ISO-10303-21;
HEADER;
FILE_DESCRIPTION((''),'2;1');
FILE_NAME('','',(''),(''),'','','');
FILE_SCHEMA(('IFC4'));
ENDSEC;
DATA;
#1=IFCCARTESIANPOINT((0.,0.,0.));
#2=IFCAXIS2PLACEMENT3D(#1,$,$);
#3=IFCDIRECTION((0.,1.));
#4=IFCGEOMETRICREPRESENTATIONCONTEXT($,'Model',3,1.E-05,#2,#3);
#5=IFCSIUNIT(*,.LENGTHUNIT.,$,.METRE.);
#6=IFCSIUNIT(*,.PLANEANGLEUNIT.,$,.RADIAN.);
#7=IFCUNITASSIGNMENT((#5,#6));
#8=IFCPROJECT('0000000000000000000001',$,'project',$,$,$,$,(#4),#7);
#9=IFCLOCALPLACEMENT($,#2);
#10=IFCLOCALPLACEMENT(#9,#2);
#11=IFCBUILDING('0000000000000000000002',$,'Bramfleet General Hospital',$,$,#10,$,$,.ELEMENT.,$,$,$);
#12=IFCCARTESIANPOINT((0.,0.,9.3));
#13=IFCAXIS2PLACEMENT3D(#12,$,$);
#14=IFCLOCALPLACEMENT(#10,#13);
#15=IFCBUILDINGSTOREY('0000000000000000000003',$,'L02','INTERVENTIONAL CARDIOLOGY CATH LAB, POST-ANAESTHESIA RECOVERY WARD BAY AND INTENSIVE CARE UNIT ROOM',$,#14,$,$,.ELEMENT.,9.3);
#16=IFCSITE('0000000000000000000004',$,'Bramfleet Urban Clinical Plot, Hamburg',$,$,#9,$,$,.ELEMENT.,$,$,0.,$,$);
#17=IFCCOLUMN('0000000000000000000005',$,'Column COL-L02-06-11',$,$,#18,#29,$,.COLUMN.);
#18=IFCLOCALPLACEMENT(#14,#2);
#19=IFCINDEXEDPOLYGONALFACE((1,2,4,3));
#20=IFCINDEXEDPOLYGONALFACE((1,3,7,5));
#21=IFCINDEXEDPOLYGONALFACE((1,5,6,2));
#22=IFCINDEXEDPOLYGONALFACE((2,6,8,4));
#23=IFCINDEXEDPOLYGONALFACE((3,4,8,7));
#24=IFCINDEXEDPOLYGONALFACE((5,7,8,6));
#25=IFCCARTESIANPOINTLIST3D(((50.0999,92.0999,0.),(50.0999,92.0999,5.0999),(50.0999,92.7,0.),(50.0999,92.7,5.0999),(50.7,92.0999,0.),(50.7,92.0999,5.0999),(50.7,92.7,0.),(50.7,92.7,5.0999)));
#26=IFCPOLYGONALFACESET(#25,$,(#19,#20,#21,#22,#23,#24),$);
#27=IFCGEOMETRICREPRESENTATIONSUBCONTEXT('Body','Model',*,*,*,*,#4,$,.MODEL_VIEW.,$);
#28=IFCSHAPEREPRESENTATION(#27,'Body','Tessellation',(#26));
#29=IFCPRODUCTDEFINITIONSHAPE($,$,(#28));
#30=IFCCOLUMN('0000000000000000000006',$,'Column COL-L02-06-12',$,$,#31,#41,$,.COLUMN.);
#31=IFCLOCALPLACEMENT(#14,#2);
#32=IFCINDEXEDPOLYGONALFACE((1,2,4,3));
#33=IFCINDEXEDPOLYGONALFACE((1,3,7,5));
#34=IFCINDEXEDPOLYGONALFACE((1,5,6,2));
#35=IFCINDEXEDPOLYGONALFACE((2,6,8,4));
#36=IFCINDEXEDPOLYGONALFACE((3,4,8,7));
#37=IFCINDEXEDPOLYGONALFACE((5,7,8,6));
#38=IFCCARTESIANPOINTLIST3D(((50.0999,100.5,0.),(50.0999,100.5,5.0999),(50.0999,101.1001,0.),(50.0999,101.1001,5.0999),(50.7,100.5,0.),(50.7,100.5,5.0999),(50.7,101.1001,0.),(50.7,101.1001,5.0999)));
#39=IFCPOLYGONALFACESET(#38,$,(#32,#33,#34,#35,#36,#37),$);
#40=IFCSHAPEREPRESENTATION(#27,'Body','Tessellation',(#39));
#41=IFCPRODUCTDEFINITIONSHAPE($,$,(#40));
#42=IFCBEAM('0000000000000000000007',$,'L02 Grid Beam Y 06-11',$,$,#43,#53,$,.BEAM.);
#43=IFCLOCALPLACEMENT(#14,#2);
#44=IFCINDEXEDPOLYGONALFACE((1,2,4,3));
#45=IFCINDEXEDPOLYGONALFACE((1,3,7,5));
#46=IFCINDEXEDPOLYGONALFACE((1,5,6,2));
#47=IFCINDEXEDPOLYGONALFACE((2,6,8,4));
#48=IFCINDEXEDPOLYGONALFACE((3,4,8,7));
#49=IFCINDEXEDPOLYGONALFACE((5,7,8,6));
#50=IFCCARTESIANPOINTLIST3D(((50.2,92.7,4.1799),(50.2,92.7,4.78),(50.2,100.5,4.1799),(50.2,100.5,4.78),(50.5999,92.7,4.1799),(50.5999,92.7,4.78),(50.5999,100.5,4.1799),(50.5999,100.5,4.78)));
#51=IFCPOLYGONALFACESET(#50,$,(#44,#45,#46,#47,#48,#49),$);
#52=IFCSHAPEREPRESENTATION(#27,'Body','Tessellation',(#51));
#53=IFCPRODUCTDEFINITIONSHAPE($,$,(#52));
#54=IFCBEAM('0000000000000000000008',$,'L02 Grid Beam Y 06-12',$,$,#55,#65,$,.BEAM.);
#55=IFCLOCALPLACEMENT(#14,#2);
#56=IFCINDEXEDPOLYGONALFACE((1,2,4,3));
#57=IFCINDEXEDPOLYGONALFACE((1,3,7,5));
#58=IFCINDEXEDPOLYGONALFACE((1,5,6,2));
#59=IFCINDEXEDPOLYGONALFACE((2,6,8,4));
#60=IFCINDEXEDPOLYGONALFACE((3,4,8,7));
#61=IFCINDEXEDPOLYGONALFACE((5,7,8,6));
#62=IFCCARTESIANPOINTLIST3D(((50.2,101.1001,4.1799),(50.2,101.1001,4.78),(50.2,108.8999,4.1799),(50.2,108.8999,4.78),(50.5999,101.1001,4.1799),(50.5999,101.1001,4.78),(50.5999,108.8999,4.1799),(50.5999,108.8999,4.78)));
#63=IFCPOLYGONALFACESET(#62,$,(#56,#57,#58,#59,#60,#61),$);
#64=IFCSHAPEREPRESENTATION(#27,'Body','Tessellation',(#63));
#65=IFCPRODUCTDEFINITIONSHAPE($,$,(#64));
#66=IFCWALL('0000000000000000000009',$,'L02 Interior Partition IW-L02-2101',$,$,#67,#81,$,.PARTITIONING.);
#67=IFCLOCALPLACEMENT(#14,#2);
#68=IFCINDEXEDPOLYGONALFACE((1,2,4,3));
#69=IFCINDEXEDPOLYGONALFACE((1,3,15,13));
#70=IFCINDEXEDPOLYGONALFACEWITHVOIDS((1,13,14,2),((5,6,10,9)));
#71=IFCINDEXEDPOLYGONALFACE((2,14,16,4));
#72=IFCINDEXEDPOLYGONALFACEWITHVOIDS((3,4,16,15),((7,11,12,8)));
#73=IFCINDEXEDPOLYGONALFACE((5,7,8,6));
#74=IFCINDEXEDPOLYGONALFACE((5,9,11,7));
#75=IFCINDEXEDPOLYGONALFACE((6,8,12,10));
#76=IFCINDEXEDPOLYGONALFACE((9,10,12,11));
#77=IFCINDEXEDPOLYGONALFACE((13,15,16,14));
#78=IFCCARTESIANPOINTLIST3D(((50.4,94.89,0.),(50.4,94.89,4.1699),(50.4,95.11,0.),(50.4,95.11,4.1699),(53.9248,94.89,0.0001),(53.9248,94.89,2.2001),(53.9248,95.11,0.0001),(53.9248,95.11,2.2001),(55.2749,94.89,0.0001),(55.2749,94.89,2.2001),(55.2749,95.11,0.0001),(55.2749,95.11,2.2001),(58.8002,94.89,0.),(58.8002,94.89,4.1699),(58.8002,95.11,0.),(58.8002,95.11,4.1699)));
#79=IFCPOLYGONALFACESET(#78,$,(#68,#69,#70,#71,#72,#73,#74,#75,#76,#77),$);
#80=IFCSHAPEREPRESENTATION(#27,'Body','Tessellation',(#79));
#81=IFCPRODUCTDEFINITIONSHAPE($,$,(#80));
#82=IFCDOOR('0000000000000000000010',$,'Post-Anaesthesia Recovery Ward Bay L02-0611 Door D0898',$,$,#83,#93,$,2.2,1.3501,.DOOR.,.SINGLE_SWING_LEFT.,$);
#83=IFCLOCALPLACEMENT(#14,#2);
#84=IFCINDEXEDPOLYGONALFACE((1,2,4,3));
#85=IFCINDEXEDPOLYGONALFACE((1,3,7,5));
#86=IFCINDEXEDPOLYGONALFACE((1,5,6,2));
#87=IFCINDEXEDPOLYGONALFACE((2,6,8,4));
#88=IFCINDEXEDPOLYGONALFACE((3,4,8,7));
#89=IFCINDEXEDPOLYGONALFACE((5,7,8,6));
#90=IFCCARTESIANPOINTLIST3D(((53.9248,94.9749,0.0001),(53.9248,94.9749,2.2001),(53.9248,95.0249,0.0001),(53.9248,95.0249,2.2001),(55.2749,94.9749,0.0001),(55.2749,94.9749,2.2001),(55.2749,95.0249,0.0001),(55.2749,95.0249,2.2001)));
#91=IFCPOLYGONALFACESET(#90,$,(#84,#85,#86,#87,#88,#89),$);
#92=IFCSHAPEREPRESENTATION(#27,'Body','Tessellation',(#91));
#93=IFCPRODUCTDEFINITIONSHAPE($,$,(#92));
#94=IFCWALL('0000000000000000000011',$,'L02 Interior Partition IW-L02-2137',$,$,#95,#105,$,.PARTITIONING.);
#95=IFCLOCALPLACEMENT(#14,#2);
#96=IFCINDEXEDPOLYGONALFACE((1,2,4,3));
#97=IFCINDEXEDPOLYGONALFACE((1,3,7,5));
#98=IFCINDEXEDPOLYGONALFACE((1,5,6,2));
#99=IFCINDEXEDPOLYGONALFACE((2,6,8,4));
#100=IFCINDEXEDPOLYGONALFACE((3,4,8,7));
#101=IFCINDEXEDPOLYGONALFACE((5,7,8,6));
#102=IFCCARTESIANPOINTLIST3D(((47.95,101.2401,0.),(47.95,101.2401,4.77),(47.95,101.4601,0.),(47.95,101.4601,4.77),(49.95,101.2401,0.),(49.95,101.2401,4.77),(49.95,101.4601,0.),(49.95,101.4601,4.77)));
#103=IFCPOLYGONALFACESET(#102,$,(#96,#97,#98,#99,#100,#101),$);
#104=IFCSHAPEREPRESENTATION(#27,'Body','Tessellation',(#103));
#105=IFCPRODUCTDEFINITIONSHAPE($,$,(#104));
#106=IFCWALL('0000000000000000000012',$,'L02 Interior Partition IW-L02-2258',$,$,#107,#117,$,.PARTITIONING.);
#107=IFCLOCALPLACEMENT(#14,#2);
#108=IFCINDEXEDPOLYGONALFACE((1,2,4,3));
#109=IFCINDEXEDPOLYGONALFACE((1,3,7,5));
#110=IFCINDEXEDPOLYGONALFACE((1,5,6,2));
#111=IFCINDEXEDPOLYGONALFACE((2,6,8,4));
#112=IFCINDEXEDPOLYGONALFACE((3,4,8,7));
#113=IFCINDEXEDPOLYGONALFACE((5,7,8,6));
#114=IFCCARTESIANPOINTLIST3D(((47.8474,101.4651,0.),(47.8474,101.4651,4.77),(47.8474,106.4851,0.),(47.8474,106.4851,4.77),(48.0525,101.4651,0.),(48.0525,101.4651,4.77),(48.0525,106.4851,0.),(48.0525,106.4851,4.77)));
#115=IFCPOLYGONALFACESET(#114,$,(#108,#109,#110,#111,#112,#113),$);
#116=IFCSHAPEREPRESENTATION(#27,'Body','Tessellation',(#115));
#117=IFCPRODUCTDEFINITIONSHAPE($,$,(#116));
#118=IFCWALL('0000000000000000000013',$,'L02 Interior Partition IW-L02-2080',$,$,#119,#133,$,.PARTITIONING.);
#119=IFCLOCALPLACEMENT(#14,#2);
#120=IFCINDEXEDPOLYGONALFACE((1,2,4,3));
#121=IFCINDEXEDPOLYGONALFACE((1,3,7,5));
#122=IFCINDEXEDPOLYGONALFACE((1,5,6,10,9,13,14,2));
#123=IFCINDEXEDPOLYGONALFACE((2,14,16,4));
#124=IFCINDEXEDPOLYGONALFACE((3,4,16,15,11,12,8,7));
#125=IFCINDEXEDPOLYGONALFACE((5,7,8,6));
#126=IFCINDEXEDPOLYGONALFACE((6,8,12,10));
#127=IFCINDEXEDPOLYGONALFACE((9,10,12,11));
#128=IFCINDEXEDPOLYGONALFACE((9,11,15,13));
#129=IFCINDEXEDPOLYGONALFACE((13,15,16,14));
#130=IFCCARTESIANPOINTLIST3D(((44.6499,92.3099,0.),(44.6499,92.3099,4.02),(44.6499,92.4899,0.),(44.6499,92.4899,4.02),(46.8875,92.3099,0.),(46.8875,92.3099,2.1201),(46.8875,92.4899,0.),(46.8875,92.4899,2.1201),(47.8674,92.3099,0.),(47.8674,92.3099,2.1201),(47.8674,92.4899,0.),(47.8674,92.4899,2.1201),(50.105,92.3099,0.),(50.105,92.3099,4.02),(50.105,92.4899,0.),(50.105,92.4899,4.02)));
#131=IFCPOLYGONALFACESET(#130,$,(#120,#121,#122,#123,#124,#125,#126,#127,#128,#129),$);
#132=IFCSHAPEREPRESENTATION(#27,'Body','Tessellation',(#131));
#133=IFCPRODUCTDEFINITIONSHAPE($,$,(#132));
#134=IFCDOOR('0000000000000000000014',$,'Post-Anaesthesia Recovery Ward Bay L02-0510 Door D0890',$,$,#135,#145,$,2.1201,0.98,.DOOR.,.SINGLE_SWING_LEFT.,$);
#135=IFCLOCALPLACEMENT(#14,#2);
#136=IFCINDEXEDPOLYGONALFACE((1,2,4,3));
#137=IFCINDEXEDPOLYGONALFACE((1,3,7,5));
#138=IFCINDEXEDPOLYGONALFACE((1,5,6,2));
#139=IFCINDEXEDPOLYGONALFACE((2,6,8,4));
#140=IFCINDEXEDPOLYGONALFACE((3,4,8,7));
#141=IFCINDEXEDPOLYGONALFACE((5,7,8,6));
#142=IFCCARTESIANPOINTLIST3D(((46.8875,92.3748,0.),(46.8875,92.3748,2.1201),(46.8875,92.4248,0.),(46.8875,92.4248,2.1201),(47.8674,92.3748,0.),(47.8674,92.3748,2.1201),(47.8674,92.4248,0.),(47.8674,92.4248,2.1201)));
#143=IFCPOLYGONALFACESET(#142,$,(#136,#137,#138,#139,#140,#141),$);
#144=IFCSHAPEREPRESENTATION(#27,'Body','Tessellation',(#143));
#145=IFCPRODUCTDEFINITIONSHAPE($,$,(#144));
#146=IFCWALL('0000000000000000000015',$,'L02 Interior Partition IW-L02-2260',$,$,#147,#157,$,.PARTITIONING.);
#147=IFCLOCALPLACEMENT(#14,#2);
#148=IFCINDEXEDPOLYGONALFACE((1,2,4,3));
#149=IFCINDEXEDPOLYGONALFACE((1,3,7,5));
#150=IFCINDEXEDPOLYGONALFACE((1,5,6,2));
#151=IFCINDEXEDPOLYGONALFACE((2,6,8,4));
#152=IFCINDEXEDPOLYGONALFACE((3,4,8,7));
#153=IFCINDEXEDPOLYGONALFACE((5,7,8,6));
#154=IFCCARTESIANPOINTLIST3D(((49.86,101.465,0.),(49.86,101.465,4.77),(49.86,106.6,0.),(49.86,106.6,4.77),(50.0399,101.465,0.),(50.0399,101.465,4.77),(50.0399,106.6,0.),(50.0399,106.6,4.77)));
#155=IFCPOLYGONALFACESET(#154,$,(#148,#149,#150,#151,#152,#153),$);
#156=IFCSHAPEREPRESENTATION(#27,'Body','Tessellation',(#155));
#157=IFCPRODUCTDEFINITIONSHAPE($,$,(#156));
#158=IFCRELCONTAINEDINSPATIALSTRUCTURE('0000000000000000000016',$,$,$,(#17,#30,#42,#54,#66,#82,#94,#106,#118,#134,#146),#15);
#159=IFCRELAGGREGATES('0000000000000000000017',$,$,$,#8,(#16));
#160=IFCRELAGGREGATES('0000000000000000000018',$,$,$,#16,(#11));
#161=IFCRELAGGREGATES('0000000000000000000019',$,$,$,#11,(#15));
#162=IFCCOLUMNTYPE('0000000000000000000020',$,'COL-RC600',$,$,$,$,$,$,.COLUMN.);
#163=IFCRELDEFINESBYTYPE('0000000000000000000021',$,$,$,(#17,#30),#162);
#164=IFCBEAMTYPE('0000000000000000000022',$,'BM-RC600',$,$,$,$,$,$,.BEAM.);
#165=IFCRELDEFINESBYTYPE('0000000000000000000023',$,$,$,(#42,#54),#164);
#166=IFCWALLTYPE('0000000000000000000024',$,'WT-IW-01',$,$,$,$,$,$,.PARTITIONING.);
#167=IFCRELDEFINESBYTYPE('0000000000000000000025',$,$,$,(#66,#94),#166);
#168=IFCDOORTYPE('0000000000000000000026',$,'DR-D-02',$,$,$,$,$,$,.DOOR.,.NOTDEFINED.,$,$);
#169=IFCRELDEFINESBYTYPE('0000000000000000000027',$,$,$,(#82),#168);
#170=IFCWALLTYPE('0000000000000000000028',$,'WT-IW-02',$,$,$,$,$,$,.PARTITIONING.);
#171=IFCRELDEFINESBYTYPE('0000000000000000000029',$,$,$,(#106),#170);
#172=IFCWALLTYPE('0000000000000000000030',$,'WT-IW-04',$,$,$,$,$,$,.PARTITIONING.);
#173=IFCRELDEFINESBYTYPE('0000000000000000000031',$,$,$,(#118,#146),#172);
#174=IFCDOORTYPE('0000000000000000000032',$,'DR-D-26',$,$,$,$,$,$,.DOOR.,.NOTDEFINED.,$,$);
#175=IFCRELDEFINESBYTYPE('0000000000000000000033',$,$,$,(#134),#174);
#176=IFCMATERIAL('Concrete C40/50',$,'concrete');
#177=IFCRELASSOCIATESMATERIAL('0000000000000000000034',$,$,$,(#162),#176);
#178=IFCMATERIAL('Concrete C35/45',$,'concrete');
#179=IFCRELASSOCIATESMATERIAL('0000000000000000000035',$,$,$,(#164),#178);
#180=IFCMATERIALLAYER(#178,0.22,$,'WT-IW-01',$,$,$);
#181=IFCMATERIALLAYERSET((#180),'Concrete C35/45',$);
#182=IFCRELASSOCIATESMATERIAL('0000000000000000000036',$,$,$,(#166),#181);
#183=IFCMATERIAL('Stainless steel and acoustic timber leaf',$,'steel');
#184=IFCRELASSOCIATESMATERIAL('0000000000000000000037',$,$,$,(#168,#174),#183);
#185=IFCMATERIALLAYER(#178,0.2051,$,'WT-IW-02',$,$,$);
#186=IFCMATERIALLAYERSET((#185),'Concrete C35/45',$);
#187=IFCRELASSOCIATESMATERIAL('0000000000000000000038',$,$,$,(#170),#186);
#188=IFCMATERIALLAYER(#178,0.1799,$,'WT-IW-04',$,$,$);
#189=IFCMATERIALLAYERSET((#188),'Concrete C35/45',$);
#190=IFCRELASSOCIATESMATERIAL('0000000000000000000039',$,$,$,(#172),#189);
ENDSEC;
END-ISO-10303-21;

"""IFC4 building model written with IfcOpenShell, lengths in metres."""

from ifc_helpers import new_model, si_unit, direction, frame, frame_2d, origin, origin_2d, place, context, subcontext, project, spatial, rectangle, extrude, material, layer, layer_set, material_profile, profile_set, type_object, element, fill, save


model = new_model("IFC4")

# Units and contexts
model_context = context("Model", 3, precision=1e-05, world=origin(), true_north=direction((0.0, 1.0)))
body_context = subcontext(model_context, "Body", "Model", "MODEL_VIEW")
ifc_project = project(units=[si_unit("LENGTHUNIT", "METRE"), si_unit("PLANEANGLEUNIT", "RADIAN")], contexts=[model_context])

# Site, building, storey
site_placement = place(None, origin())
site = spatial("IfcSite", under=ifc_project, at=site_placement, Name="Bramfleet Urban Clinical Plot, Hamburg", CompositionType="ELEMENT", RefElevation=0.0)
building_placement = place(site_placement, origin())
building = spatial("IfcBuilding", under=site, at=building_placement, Name="Bramfleet General Hospital", CompositionType="ELEMENT")
storey_placement = place(building_placement, frame((0.0, 0.0, 9.3)))
storey = spatial("IfcBuildingStorey", under=building, at=storey_placement, Name="L02", Description="INTERVENTIONAL CARDIOLOGY CATH LAB, POST-ANAESTHESIA RECOVERY WARD BAY AND INTENSIVE CARE UNIT ROOM", CompositionType="ELEMENT", Elevation=9.3)

# Columns
ifc_material_1 = material(Name="Concrete C40/50", Category="concrete")
ifc_material_profile_1 = material_profile(ifc_material_1, rectangle(XDim=0.6001, YDim=0.6001, at=origin_2d()), Name="RC COL 600x600")
ifc_profile_set_1 = profile_set([ifc_material_profile_1], Name="Concrete C40/50")
column_type = type_object("IfcColumnType", Name="COL-RC600", PredefinedType="COLUMN", material=ifc_profile_set_1)
for number, where, z_axis, x_axis, name in (
    (1, (50.3999, 92.3999, 0.0), (0.0, 0.0, 1.0), (1.0, 0.0, 0.0), "Column COL-L02-06-11"),
    (2, (50.3999, 100.8, 0.0), (0.0, 0.0, 1.0), (1.0, 0.0, 0.0), "Column COL-L02-06-12"),
):
    element("IfcColumn", number, at=place(storey_placement, frame(where, z_axis=z_axis, x_axis=x_axis)), inside=storey, type_object=column_type, Name=name, PredefinedType="COLUMN", context=body_context, shape_type="SweptSolid", body=[
        extrude(rectangle(XDim=0.6001, YDim=0.6001, at=origin_2d()), origin(), (0.0, 0.0, 1.0), 5.0999),
    ])

# Beams
ifc_material_2 = material(Name="Concrete C35/45", Category="concrete")
ifc_material_profile_2 = material_profile(ifc_material_2, rectangle(XDim=0.3999, YDim=0.6001, at=origin_2d()), Name="RC BM 600x400")
ifc_profile_set_2 = profile_set([ifc_material_profile_2], Name="Concrete C35/45")
beam_type = type_object("IfcBeamType", Name="BM-RC600", PredefinedType="BEAM", material=ifc_profile_set_2)
beam_1_placement = place(storey_placement, frame((50.3999, 92.7, 4.48), z_axis=(0.0, 1.0, 0.0), x_axis=(-1.0, 0.0, 0.0)))
element("IfcBeam", 3, at=beam_1_placement, inside=storey, type_object=beam_type, Name="L02 Grid Beam Y 06-11", PredefinedType="BEAM", context=body_context, shape_type="SweptSolid", body=[
    extrude(rectangle(XDim=0.3999, YDim=0.6001, at=origin_2d()), origin(), (0.0, 0.0, 1.0), 7.8),
])
beam_2_placement = place(storey_placement, frame((50.3999, 101.1001, 4.48), z_axis=(0.0, 1.0, 0.0), x_axis=(-1.0, 0.0, 0.0)))
element("IfcBeam", 4, at=beam_2_placement, inside=storey, type_object=beam_type, Name="L02 Grid Beam Y 06-12", PredefinedType="BEAM", context=body_context, shape_type="SweptSolid", body=[
    extrude(rectangle(XDim=0.3999, YDim=0.6001, at=origin_2d()), origin(), (0.0, 0.0, 1.0), 7.7998),
])

# Wall, opening, door
ifc_layer_1 = layer(ifc_material_2, 0.22, Name="WT-IW-01")
ifc_layer_set_1 = layer_set([ifc_layer_1], Name="Concrete C35/45")
wall_type_1 = type_object("IfcWallType", Name="WT-IW-01", PredefinedType="PARTITIONING", material=ifc_layer_set_1)
wall_1_placement = place(storey_placement, frame((50.3999, 95.0, 0.0), z_axis=(0.0, 0.0, 1.0), x_axis=(1.0, 0.0, 0.0)))
wall_1 = element("IfcWall", 5, at=wall_1_placement, inside=storey, type_object=wall_type_1, Name="L02 Interior Partition IW-L02-2101", PredefinedType="PARTITIONING", context=body_context, shape_type="SweptSolid", body=[
    extrude(rectangle(XDim=8.4001, YDim=0.22, at=frame_2d((4.2002, 0.0))), origin(), (0.0, 0.0, 1.0), 4.1699),
])
opening_1_placement = place(wall_1_placement, frame((3.5249, 0.0, 0.0)))
opening_1 = element("IfcOpeningElement", 6, at=opening_1_placement, cuts=wall_1, PredefinedType="OPENING", context=body_context, shape_type="SweptSolid", body=[
    extrude(rectangle(XDim=1.3501, YDim=2.2, at=frame_2d((0.675, 1.1001))), frame((0.0, 0.1199, 0.0), z_axis=(0.0, -1.0, 0.0), x_axis=(1.0, 0.0, 0.0)), (0.0, 0.0, 1.0), 0.24),
])
ifc_material_3 = material(Name="Stainless steel and acoustic timber leaf", Category="steel")
door_type_1 = type_object("IfcDoorType", Name="DR-D-02", OperationType="NOTDEFINED", PredefinedType="DOOR", material=ifc_material_3)
door_1_placement = place(opening_1_placement, origin())
door_1 = element("IfcDoor", 7, at=door_1_placement, inside=storey, type_object=door_type_1, Name="Post-Anaesthesia Recovery Ward Bay L02-0611 Door D0898", OperationType="SINGLE_SWING_LEFT", OverallHeight=2.2, OverallWidth=1.3501, PredefinedType="DOOR", context=body_context, shape_type="SweptSolid", body=[
    extrude(rectangle(XDim=1.3501, YDim=2.2, at=frame_2d((0.675, 1.1001))), frame((0.0, 0.0249, 0.0), z_axis=(0.0, -1.0, 0.0), x_axis=(1.0, 0.0, 0.0)), (0.0, 0.0, 1.0), 0.05),
])
fill(opening_1, door_1)

# Walls
wall_2_placement = place(storey_placement, frame((47.95, 101.3501, 0.0), z_axis=(0.0, 0.0, 1.0), x_axis=(1.0, 0.0, 0.0)))
element("IfcWall", 8, at=wall_2_placement, inside=storey, type_object=wall_type_1, Name="L02 Interior Partition IW-L02-2137", PredefinedType="PARTITIONING", context=body_context, shape_type="SweptSolid", body=[
    extrude(rectangle(XDim=2.0, YDim=0.22, at=frame_2d((1.0, 0.0))), origin(), (0.0, 0.0, 1.0), 4.77),
])
ifc_layer_2 = layer(ifc_material_2, 0.2051, Name="WT-IW-02")
ifc_layer_set_2 = layer_set([ifc_layer_2], Name="Concrete C35/45")
wall_type_2 = type_object("IfcWallType", Name="WT-IW-02", PredefinedType="PARTITIONING", material=ifc_layer_set_2)
wall_3_placement = place(storey_placement, frame((47.95, 101.4651, 0.0), z_axis=(0.0, 0.0, 1.0), x_axis=(0.0, 1.0, 0.0)))
element("IfcWall", 9, at=wall_3_placement, inside=storey, type_object=wall_type_2, Name="L02 Interior Partition IW-L02-2258", PredefinedType="PARTITIONING", context=body_context, shape_type="SweptSolid", body=[
    extrude(rectangle(XDim=5.02, YDim=0.2051, at=frame_2d((2.51, 0.0))), origin(), (0.0, 0.0, 1.0), 4.77),
])

# Wall, opening, door
ifc_layer_3 = layer(ifc_material_2, 0.1799, Name="WT-IW-04")
ifc_layer_set_3 = layer_set([ifc_layer_3], Name="Concrete C35/45")
wall_type_3 = type_object("IfcWallType", Name="WT-IW-04", PredefinedType="PARTITIONING", material=ifc_layer_set_3)
wall_4_placement = place(storey_placement, frame((44.6499, 92.3999, 0.0), z_axis=(0.0, 0.0, 1.0), x_axis=(1.0, 0.0, 0.0)))
wall_4 = element("IfcWall", 10, at=wall_4_placement, inside=storey, type_object=wall_type_3, Name="L02 Interior Partition IW-L02-2080", PredefinedType="PARTITIONING", context=body_context, shape_type="SweptSolid", body=[
    extrude(rectangle(XDim=5.4551, YDim=0.1799, at=frame_2d((2.7275, 0.0))), origin(), (0.0, 0.0, 1.0), 4.02),
])
opening_2_placement = place(wall_4_placement, frame((2.2375, 0.0, 0.0)))
opening_2 = element("IfcOpeningElement", 11, at=opening_2_placement, cuts=wall_4, PredefinedType="OPENING", context=body_context, shape_type="SweptSolid", body=[
    extrude(rectangle(XDim=0.98, YDim=2.1201, at=frame_2d((0.49, 1.0601))), frame((0.0, 0.0999, 0.0), z_axis=(0.0, -1.0, 0.0), x_axis=(1.0, 0.0, 0.0)), (0.0, 0.0, 1.0), 0.2),
])
door_type_2 = type_object("IfcDoorType", Name="DR-D-26", OperationType="NOTDEFINED", PredefinedType="DOOR", material=ifc_material_3)
door_2_placement = place(opening_2_placement, origin())
door_2 = element("IfcDoor", 12, at=door_2_placement, inside=storey, type_object=door_type_2, Name="Post-Anaesthesia Recovery Ward Bay L02-0510 Door D0890", OperationType="SINGLE_SWING_LEFT", OverallHeight=2.1201, OverallWidth=0.98, PredefinedType="DOOR", context=body_context, shape_type="SweptSolid", body=[
    extrude(rectangle(XDim=0.98, YDim=2.1201, at=frame_2d((0.49, 1.0601))), frame((0.0, 0.0249, 0.0), z_axis=(0.0, -1.0, 0.0), x_axis=(1.0, 0.0, 0.0)), (0.0, 0.0, 1.0), 0.05),
])
fill(opening_2, door_2)

# Wall
wall_5_placement = place(storey_placement, frame((49.95, 101.4651, 0.0), z_axis=(0.0, 0.0, 1.0), x_axis=(0.0, 1.0, 0.0)))
element("IfcWall", 13, at=wall_5_placement, inside=storey, type_object=wall_type_3, Name="L02 Interior Partition IW-L02-2260", PredefinedType="PARTITIONING", context=body_context, shape_type="SweptSolid", body=[
    extrude(rectangle(XDim=5.135, YDim=0.1799, at=frame_2d((2.5674, 0.0))), origin(), (0.0, 0.0, 1.0), 4.77),
])

save(model, "model.ifc")
